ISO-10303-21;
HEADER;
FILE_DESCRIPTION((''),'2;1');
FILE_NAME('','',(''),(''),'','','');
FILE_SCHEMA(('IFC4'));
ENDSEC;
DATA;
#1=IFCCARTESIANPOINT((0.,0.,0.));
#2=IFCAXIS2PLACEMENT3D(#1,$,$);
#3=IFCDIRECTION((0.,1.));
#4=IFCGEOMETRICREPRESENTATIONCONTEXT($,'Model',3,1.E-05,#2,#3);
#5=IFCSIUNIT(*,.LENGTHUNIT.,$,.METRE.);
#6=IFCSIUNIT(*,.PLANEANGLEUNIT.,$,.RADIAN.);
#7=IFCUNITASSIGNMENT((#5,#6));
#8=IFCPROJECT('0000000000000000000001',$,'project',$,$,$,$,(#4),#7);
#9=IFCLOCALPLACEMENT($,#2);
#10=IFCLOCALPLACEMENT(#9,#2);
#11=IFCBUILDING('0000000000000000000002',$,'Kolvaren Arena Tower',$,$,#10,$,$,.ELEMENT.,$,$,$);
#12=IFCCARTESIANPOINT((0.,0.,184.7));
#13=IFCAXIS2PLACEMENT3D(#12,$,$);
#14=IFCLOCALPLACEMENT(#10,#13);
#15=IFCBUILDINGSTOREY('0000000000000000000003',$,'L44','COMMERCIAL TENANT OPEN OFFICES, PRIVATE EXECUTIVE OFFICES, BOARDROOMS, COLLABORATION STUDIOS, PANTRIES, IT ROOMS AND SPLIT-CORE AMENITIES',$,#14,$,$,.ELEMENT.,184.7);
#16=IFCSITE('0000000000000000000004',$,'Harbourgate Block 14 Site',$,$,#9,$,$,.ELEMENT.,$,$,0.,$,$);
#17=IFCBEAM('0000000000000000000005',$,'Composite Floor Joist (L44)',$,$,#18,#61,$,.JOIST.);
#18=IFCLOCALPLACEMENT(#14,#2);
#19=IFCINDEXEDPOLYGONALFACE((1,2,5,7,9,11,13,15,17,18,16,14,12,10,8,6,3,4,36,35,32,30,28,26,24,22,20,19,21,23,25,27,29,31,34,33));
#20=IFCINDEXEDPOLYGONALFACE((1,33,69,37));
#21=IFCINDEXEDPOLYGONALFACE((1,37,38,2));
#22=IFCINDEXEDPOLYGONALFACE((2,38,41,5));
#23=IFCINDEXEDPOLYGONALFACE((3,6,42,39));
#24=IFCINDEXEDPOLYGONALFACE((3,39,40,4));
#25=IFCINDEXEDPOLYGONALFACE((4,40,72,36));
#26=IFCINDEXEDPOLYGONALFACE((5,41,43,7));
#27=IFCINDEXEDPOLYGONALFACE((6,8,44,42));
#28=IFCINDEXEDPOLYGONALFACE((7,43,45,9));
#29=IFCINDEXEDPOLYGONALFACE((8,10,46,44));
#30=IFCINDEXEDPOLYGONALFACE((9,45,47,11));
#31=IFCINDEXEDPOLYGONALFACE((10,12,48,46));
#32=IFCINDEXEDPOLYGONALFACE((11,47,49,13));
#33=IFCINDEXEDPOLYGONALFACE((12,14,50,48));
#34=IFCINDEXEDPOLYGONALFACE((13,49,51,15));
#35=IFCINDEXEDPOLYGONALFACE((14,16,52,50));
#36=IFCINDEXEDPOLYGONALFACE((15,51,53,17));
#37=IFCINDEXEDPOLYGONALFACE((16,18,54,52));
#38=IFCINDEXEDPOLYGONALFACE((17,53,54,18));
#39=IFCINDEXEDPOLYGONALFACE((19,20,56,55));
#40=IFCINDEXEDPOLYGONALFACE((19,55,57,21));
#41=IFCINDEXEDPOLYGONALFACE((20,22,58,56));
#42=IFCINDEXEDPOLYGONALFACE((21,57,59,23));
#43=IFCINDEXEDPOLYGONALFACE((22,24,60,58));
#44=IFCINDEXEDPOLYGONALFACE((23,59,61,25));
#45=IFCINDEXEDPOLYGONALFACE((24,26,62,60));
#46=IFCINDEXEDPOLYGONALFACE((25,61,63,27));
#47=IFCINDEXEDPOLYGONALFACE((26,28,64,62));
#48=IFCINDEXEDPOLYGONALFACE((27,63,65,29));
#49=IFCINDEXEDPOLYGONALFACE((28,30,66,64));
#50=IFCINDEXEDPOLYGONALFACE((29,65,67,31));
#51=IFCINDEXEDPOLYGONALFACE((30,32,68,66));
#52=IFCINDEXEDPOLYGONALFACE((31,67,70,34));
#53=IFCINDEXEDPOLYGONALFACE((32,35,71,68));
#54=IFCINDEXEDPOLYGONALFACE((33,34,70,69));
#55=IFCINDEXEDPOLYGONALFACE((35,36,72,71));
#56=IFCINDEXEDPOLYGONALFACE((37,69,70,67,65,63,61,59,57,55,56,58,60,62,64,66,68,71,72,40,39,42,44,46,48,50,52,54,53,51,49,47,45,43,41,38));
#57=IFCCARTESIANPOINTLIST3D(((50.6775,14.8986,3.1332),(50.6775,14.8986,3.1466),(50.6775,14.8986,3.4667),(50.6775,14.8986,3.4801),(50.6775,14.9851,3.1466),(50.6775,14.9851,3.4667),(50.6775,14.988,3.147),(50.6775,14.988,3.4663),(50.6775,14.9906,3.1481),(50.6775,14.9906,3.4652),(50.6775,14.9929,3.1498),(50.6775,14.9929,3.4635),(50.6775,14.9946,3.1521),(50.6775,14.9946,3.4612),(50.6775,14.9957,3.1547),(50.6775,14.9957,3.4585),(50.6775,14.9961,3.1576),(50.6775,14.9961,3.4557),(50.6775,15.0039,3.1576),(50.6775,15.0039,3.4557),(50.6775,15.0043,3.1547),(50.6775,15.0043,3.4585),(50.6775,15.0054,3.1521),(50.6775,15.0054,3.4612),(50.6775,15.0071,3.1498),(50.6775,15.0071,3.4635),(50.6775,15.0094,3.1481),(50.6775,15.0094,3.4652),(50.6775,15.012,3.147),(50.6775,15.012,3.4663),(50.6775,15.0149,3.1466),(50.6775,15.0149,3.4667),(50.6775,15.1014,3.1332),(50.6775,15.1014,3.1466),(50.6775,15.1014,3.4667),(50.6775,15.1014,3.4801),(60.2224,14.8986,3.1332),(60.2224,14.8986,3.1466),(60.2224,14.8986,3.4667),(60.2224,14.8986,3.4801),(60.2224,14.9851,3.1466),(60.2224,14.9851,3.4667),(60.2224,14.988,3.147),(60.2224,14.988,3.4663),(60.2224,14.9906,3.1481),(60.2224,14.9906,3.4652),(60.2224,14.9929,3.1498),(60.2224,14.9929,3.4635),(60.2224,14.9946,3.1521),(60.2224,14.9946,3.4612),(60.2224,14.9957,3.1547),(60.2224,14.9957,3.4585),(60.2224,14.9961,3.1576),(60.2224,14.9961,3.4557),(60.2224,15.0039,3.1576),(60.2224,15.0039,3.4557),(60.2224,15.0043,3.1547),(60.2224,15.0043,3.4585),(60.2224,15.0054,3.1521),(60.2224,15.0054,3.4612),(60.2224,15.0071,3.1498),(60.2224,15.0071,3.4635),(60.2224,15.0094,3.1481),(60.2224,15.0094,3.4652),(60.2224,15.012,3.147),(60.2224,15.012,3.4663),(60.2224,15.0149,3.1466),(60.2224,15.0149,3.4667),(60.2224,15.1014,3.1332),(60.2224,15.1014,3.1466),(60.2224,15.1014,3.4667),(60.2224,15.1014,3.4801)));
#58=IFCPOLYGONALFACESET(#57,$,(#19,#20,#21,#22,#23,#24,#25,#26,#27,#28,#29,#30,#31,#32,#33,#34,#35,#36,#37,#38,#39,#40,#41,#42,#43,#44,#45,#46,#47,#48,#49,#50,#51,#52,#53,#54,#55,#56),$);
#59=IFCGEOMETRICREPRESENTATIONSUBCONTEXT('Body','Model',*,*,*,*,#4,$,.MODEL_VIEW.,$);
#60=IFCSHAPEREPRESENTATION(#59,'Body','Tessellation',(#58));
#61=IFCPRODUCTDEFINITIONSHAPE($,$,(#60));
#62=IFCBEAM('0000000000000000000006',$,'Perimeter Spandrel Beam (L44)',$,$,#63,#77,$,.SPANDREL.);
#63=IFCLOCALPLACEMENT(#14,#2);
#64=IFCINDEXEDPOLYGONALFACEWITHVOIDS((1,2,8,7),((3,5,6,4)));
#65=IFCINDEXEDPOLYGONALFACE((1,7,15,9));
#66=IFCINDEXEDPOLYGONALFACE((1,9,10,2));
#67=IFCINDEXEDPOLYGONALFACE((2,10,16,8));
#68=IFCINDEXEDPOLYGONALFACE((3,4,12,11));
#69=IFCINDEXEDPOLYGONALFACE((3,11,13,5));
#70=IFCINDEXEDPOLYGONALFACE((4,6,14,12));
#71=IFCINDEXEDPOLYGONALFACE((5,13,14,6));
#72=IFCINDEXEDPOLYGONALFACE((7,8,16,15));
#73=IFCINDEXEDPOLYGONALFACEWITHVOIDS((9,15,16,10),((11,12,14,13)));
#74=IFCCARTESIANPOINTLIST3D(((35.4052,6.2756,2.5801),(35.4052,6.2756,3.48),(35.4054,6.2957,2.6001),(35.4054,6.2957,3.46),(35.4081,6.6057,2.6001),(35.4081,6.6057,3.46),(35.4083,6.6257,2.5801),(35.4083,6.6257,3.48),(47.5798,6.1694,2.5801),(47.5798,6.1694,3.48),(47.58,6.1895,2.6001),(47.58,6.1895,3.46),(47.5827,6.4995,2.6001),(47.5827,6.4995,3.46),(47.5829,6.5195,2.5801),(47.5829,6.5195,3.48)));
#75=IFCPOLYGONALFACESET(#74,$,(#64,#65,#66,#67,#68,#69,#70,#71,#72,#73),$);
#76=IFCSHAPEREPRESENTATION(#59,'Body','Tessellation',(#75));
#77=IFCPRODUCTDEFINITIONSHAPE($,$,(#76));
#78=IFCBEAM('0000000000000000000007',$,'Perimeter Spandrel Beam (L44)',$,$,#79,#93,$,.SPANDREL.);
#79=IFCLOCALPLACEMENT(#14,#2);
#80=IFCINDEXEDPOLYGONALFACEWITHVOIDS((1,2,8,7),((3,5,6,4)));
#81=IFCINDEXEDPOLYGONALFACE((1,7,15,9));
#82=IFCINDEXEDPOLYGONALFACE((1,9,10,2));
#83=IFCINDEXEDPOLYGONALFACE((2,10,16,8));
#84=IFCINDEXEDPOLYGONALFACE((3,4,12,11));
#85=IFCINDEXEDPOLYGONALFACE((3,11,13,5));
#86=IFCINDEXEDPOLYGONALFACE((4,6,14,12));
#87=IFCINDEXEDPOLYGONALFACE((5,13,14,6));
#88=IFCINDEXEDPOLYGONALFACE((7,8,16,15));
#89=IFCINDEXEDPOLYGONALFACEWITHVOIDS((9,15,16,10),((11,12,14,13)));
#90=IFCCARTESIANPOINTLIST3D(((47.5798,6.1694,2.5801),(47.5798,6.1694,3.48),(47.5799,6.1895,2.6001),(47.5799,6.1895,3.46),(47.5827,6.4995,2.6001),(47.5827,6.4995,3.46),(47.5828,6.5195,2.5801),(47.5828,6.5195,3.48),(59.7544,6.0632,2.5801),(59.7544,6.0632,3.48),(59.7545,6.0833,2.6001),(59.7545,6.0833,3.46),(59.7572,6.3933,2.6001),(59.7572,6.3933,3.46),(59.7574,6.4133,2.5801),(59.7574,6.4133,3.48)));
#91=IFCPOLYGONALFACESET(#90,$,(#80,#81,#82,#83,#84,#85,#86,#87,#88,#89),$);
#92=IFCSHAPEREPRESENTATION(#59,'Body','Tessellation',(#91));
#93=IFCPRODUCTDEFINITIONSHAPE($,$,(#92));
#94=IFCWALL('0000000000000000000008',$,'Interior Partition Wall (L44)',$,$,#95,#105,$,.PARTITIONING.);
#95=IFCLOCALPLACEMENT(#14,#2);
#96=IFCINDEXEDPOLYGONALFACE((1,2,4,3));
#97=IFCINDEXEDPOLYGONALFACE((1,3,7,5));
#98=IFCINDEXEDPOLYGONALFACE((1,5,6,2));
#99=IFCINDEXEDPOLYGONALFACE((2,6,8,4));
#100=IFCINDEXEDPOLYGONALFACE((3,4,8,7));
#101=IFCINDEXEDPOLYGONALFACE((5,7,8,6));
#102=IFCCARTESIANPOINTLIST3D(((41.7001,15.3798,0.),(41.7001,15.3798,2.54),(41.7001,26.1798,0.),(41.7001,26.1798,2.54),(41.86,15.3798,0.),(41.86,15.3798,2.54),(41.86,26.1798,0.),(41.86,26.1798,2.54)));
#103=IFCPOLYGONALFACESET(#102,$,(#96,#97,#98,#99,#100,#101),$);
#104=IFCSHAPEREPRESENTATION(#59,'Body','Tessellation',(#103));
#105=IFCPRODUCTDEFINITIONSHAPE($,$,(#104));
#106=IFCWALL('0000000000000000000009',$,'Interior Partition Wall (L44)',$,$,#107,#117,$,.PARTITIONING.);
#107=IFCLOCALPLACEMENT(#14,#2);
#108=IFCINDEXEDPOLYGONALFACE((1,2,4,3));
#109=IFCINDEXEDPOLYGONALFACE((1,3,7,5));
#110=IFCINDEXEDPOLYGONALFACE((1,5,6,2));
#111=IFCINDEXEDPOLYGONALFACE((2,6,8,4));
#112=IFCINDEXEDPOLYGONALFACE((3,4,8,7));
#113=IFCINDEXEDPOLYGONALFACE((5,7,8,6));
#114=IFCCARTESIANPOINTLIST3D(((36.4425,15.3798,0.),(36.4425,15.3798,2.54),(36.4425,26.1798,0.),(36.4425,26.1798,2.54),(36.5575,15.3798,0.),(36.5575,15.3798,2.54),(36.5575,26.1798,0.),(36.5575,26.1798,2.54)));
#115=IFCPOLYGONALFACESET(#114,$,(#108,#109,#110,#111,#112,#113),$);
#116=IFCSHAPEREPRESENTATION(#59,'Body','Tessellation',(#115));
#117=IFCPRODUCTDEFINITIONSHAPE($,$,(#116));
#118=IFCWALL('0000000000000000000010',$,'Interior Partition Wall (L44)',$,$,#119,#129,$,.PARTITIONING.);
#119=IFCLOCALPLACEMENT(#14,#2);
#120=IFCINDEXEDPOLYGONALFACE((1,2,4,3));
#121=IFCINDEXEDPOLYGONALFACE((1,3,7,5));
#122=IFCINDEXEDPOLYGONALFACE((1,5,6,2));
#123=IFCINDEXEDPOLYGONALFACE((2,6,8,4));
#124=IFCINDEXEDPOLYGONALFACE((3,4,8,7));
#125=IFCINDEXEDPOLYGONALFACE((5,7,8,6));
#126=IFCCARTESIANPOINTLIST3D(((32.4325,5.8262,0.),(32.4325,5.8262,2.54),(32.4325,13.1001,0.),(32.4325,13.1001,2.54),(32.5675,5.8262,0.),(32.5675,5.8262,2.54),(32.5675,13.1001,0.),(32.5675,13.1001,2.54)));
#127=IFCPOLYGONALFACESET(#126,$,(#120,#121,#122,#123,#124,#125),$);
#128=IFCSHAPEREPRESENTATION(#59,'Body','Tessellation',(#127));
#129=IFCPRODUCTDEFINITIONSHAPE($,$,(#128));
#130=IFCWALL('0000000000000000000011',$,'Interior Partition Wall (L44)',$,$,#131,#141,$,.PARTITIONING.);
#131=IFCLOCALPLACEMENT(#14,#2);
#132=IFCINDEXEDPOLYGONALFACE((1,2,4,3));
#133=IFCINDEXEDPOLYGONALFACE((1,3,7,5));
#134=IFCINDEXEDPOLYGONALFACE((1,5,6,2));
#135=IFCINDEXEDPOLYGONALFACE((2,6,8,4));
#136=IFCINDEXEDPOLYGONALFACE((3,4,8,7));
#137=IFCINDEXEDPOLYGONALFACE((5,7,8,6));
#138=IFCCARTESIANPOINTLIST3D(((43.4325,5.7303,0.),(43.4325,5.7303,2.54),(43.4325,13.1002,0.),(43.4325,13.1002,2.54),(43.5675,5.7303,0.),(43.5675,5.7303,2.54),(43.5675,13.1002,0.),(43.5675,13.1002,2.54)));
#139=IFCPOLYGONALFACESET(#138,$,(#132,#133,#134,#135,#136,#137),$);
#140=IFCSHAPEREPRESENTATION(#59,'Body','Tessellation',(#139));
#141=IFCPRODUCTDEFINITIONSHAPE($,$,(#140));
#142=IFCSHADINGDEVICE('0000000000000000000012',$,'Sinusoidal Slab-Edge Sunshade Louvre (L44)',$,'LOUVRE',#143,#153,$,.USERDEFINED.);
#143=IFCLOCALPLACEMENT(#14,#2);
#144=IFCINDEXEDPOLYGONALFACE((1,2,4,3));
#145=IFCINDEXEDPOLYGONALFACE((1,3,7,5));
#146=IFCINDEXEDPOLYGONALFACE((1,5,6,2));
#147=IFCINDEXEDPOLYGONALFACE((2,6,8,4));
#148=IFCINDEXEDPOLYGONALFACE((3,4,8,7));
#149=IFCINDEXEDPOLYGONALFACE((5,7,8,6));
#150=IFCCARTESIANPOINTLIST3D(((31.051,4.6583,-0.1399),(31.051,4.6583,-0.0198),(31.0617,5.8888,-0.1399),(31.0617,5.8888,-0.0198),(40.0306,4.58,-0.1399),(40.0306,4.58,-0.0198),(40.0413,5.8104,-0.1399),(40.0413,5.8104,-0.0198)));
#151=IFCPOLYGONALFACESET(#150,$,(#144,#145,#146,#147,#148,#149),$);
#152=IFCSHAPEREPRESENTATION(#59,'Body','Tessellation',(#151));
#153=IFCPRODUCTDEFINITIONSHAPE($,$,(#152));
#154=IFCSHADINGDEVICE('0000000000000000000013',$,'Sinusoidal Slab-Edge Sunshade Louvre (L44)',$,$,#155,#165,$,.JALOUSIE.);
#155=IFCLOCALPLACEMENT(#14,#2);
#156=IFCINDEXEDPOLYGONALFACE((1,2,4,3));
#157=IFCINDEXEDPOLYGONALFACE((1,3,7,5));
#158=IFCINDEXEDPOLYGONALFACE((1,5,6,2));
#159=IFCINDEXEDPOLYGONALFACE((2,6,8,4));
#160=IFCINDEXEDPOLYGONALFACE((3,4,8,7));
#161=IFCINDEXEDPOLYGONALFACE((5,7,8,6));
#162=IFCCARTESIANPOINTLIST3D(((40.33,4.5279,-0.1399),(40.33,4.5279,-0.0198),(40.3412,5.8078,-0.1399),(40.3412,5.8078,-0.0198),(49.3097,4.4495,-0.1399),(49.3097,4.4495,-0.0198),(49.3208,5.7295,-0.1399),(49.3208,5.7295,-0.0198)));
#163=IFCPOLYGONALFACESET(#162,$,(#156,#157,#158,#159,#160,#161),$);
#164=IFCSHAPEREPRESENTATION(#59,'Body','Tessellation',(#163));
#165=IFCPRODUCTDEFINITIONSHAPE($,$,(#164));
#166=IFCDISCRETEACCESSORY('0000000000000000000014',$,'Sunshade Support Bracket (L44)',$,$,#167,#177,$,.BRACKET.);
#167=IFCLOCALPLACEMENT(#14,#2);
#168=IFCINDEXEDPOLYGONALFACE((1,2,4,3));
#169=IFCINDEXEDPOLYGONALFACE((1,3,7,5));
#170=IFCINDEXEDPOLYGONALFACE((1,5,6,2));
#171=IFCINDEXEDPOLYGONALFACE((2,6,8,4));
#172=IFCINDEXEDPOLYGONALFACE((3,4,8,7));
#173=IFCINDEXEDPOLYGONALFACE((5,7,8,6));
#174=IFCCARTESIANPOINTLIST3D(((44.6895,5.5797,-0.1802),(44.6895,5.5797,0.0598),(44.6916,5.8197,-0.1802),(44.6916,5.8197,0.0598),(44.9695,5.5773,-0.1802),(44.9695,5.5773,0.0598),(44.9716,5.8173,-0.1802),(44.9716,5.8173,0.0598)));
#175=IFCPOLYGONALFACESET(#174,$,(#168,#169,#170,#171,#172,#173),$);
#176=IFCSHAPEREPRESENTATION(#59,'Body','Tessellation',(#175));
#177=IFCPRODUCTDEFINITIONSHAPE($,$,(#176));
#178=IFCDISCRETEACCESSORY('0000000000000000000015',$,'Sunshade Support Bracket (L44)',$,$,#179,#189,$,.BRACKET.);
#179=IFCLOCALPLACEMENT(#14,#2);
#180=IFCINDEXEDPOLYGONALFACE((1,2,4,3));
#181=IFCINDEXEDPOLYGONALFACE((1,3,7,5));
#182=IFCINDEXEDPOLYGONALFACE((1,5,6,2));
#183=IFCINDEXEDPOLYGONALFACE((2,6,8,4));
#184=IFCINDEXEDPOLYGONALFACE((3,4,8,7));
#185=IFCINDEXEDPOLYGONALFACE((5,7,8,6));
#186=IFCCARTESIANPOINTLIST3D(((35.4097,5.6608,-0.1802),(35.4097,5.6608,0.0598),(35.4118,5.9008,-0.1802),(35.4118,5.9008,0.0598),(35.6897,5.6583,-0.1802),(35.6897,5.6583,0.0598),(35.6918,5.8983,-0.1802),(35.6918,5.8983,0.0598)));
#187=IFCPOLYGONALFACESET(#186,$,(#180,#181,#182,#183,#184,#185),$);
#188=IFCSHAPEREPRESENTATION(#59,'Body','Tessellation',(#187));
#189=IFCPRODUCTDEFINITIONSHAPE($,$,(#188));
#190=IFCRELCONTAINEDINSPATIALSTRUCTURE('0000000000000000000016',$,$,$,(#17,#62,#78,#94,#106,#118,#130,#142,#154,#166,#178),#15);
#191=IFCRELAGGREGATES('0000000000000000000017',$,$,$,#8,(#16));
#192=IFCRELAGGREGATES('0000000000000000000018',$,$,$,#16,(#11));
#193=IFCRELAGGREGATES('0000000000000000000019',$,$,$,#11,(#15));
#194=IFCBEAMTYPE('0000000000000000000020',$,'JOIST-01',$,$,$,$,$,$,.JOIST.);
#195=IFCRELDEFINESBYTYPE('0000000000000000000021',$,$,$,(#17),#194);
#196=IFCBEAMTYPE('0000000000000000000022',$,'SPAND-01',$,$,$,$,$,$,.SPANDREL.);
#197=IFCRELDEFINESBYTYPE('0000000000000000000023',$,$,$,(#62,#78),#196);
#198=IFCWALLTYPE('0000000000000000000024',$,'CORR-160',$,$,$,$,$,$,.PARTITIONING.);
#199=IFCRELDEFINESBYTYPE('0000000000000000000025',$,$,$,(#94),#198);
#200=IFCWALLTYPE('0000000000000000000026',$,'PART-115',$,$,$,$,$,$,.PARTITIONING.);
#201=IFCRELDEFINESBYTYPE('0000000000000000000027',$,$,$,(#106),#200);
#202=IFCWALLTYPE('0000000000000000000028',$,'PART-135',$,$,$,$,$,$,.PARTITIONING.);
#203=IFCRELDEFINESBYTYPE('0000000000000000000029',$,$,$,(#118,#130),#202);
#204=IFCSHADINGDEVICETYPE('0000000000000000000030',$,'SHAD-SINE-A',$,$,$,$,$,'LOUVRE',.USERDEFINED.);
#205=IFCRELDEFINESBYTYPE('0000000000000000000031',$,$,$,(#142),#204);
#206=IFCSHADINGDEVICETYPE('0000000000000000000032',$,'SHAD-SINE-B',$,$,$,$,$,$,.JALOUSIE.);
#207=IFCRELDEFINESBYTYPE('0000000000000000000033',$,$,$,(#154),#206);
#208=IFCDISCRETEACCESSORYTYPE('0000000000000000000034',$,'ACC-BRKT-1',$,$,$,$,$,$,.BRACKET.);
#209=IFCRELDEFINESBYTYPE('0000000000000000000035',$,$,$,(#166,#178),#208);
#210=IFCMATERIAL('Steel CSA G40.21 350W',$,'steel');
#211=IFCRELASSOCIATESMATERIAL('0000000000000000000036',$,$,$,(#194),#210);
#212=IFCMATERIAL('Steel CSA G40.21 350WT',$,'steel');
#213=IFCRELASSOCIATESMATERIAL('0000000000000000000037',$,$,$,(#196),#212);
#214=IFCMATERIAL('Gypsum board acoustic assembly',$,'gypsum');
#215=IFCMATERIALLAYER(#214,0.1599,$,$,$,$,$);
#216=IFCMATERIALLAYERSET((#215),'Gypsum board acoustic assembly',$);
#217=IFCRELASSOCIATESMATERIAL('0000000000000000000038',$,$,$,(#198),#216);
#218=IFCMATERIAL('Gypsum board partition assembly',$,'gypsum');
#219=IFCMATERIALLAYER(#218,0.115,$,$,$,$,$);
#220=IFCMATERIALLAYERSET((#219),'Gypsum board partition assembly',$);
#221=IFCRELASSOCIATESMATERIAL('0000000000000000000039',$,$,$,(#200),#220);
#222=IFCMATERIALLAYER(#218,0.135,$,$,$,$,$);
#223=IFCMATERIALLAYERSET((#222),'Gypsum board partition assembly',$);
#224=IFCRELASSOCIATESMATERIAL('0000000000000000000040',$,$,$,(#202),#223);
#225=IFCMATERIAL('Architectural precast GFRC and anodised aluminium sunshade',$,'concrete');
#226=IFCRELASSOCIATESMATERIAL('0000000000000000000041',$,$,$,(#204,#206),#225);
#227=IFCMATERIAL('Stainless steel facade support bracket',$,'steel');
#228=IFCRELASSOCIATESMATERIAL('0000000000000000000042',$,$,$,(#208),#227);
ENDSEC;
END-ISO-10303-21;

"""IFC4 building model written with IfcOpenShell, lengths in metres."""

from ifc_helpers import new_model, si_unit, direction, frame, frame_2d, origin, origin_2d, place, context, subcontext, project, spatial, rectangle, hollow_rectangle, i_section, extrude, material, layer, layer_set, material_profile, profile_set, type_object, element, save


model = new_model("IFC4")

# Units and contexts
model_context = context("Model", 3, precision=1e-05, world=origin(), true_north=direction((0.0, 1.0)))
body_context = subcontext(model_context, "Body", "Model", "MODEL_VIEW")
ifc_project = project(units=[si_unit("LENGTHUNIT", "METRE"), si_unit("PLANEANGLEUNIT", "RADIAN")], contexts=[model_context])

# Site, building, storey
site_placement = place(None, origin())
site = spatial("IfcSite", under=ifc_project, at=site_placement, Name="Harbourgate Block 14 Site", CompositionType="ELEMENT", RefElevation=0.0)
building_placement = place(site_placement, origin())
building = spatial("IfcBuilding", under=site, at=building_placement, Name="Kolvaren Arena Tower", CompositionType="ELEMENT")
storey_placement = place(building_placement, frame((0.0, 0.0, 184.7)))
storey = spatial("IfcBuildingStorey", under=building, at=storey_placement, Name="L44", Description="COMMERCIAL TENANT OPEN OFFICES, PRIVATE EXECUTIVE OFFICES, BOARDROOMS, COLLABORATION STUDIOS, PANTRIES, IT ROOMS AND SPLIT-CORE AMENITIES", CompositionType="ELEMENT", Elevation=184.7)

# Beams
ifc_material_1 = material(Name="Steel CSA G40.21 350W", Category="steel")
ifc_material_profile_1 = material_profile(ifc_material_1, i_section(OverallWidth=0.2029, OverallDepth=0.3469, WebThickness=0.0078, FlangeThickness=0.0134, FilletRadius=0.011, at=origin_2d()), Name="W360x64")
ifc_profile_set_1 = profile_set([ifc_material_profile_1], Name="Steel CSA G40.21 350W")
beam_type_1 = type_object("IfcBeamType", Name="JOIST-01", PredefinedType="JOIST", material=ifc_profile_set_1)
beam_1_placement = place(storey_placement, frame((50.6775, 15.0, 3.3066), z_axis=(1.0, 0.0, 0.0), x_axis=(0.0, 1.0, 0.0)))
element("IfcBeam", 1, at=beam_1_placement, inside=storey, type_object=beam_type_1, Name="Composite Floor Joist (L44)", PredefinedType="JOIST", context=body_context, shape_type="SweptSolid", body=[
    extrude(i_section(OverallWidth=0.2029, OverallDepth=0.3469, WebThickness=0.0078, FlangeThickness=0.0134, FilletRadius=0.011, at=origin_2d()), origin(), (0.0, 0.0, 1.0), 9.5449),
])
ifc_material_2 = material(Name="Steel CSA G40.21 350WT", Category="steel")
ifc_material_profile_2 = material_profile(ifc_material_2, hollow_rectangle(XDim=0.3501, YDim=0.8999, WallThickness=0.02, at=origin_2d()), Name="HSS 900x350x20")
ifc_profile_set_2 = profile_set([ifc_material_profile_2], Name="Steel CSA G40.21 350WT")
beam_type_2 = type_object("IfcBeamType", Name="SPAND-01", PredefinedType="SPANDREL", material=ifc_profile_set_2)
for number, where, z_axis, x_axis, name in (
    (2, (35.4067, 6.4507, 3.03), (0.999962, -0.008723, 0.0), (0.008723, 0.999962, 0.0), "Perimeter Spandrel Beam (L44)"),
    (3, (47.5813, 6.3445, 3.03), (0.999962, -0.008723, 0.0), (0.008723, 0.999962, 0.0), "Perimeter Spandrel Beam (L44)"),
):
    element("IfcBeam", number, at=place(storey_placement, frame(where, z_axis=z_axis, x_axis=x_axis)), inside=storey, type_object=beam_type_2, Name=name, PredefinedType="SPANDREL", context=body_context, shape_type="SweptSolid", body=[
        extrude(hollow_rectangle(XDim=0.3501, YDim=0.8999, WallThickness=0.02, at=origin_2d()), origin(), (0.0, 0.0, 1.0), 12.175),
    ])

# Walls
ifc_material_3 = material(Name="Gypsum board acoustic assembly", Category="gypsum")
ifc_layer_1 = layer(ifc_material_3, 0.1599)
ifc_layer_set_1 = layer_set([ifc_layer_1], Name="Gypsum board acoustic assembly")
wall_type_1 = type_object("IfcWallType", Name="CORR-160", PredefinedType="PARTITIONING", material=ifc_layer_set_1)
wall_1_placement = place(storey_placement, frame((41.78, 15.3799, 0.0), z_axis=(0.0, 0.0, 1.0), x_axis=(0.0, 1.0, 0.0)))
element("IfcWall", 4, at=wall_1_placement, inside=storey, type_object=wall_type_1, Name="Interior Partition Wall (L44)", PredefinedType="PARTITIONING", context=body_context, shape_type="SweptSolid", body=[
    extrude(rectangle(XDim=10.8, YDim=0.1599, at=frame_2d((5.3999, 0.0))), origin(), (0.0, 0.0, 1.0), 2.54),
])
ifc_material_4 = material(Name="Gypsum board partition assembly", Category="gypsum")
ifc_layer_2 = layer(ifc_material_4, 0.115)
ifc_layer_set_2 = layer_set([ifc_layer_2], Name="Gypsum board partition assembly")
wall_type_2 = type_object("IfcWallType", Name="PART-115", PredefinedType="PARTITIONING", material=ifc_layer_set_2)
wall_2_placement = place(storey_placement, frame((36.5, 15.3799, 0.0), z_axis=(0.0, 0.0, 1.0), x_axis=(0.0, 1.0, 0.0)))
element("IfcWall", 5, at=wall_2_placement, inside=storey, type_object=wall_type_2, Name="Interior Partition Wall (L44)", PredefinedType="PARTITIONING", context=body_context, shape_type="SweptSolid", body=[
    extrude(rectangle(XDim=10.8, YDim=0.115, at=frame_2d((5.3999, 0.0))), origin(), (0.0, 0.0, 1.0), 2.54),
])
ifc_layer_3 = layer(ifc_material_4, 0.135)
ifc_layer_set_3 = layer_set([ifc_layer_3], Name="Gypsum board partition assembly")
wall_type_3 = type_object("IfcWallType", Name="PART-135", PredefinedType="PARTITIONING", material=ifc_layer_set_3)
wall_3_placement = place(storey_placement, frame((32.5, 5.8262, 0.0), z_axis=(0.0, 0.0, 1.0), x_axis=(0.0, 1.0, 0.0)))
element("IfcWall", 6, at=wall_3_placement, inside=storey, type_object=wall_type_3, Name="Interior Partition Wall (L44)", PredefinedType="PARTITIONING", context=body_context, shape_type="SweptSolid", body=[
    extrude(rectangle(XDim=7.2739, YDim=0.135, at=frame_2d((3.637, 0.0))), origin(), (0.0, 0.0, 1.0), 2.54),
])
wall_4_placement = place(storey_placement, frame((43.5, 5.7302, 0.0), z_axis=(0.0, 0.0, 1.0), x_axis=(0.0, 1.0, 0.0)))
element("IfcWall", 7, at=wall_4_placement, inside=storey, type_object=wall_type_3, Name="Interior Partition Wall (L44)", PredefinedType="PARTITIONING", context=body_context, shape_type="SweptSolid", body=[
    extrude(rectangle(XDim=7.3699, YDim=0.135, at=frame_2d((3.6851, 0.0))), origin(), (0.0, 0.0, 1.0), 2.54),
])

# Shading devices
ifc_material_5 = material(Name="Architectural precast GFRC and anodised aluminium sunshade", Category="concrete")
shading_device_type_1 = type_object("IfcShadingDeviceType", Name="SHAD-SINE-A", ElementType="LOUVRE", PredefinedType="USERDEFINED", material=ifc_material_5)
shading_device_1_placement = place(storey_placement, frame((35.5461, 5.2344, -0.1399), z_axis=(0.0, 0.0, 1.0), x_axis=(-0.999962, 0.008727, 0.0)))
element("IfcShadingDevice", 8, at=shading_device_1_placement, inside=storey, type_object=shading_device_type_1, Name="Sinusoidal Slab-Edge Sunshade Louvre (L44)", ObjectType="LOUVRE", PredefinedType="USERDEFINED", context=body_context, shape_type="SweptSolid", body=[
    extrude(rectangle(XDim=8.98, YDim=1.2305, at=origin_2d()), origin(), (0.0, 0.0, 1.0), 0.1201),
])
shading_device_type_2 = type_object("IfcShadingDeviceType", Name="SHAD-SINE-B", PredefinedType="JALOUSIE", material=ifc_material_5)
shading_device_2_placement = place(storey_placement, frame((44.8254, 5.1287, -0.1399), z_axis=(0.0, 0.0, 1.0), x_axis=(-0.999962, 0.008727, 0.0)))
element("IfcShadingDevice", 9, at=shading_device_2_placement, inside=storey, type_object=shading_device_type_2, Name="Sinusoidal Slab-Edge Sunshade Louvre (L44)", PredefinedType="JALOUSIE", context=body_context, shape_type="SweptSolid", body=[
    extrude(rectangle(XDim=8.98, YDim=1.28, at=origin_2d()), origin(), (0.0, 0.0, 1.0), 0.1201),
])

# Discrete accessories
ifc_material_6 = material(Name="Stainless steel facade support bracket", Category="steel")
discrete_accessory_type = type_object("IfcDiscreteAccessoryType", Name="ACC-BRKT-1", PredefinedType="BRACKET", material=ifc_material_6)
for number, where, z_axis, x_axis, name in (
    (10, (44.8306, 5.6985, -0.1802), (0.0, 0.0, 1.0), (-0.999962, 0.008727, 0.0), "Sunshade Support Bracket (L44)"),
    (11, (35.5508, 5.7795, -0.1802), (0.0, 0.0, 1.0), (-0.999962, 0.008727, 0.0), "Sunshade Support Bracket (L44)"),
):
    element("IfcDiscreteAccessory", number, at=place(storey_placement, frame(where, z_axis=z_axis, x_axis=x_axis)), inside=storey, type_object=discrete_accessory_type, Name=name, PredefinedType="BRACKET", context=body_context, shape_type="SweptSolid", body=[
        extrude(rectangle(XDim=0.28, YDim=0.24, at=origin_2d()), origin(), (0.0, 0.0, 1.0), 0.24),
    ])

save(model, "model.ifc")
